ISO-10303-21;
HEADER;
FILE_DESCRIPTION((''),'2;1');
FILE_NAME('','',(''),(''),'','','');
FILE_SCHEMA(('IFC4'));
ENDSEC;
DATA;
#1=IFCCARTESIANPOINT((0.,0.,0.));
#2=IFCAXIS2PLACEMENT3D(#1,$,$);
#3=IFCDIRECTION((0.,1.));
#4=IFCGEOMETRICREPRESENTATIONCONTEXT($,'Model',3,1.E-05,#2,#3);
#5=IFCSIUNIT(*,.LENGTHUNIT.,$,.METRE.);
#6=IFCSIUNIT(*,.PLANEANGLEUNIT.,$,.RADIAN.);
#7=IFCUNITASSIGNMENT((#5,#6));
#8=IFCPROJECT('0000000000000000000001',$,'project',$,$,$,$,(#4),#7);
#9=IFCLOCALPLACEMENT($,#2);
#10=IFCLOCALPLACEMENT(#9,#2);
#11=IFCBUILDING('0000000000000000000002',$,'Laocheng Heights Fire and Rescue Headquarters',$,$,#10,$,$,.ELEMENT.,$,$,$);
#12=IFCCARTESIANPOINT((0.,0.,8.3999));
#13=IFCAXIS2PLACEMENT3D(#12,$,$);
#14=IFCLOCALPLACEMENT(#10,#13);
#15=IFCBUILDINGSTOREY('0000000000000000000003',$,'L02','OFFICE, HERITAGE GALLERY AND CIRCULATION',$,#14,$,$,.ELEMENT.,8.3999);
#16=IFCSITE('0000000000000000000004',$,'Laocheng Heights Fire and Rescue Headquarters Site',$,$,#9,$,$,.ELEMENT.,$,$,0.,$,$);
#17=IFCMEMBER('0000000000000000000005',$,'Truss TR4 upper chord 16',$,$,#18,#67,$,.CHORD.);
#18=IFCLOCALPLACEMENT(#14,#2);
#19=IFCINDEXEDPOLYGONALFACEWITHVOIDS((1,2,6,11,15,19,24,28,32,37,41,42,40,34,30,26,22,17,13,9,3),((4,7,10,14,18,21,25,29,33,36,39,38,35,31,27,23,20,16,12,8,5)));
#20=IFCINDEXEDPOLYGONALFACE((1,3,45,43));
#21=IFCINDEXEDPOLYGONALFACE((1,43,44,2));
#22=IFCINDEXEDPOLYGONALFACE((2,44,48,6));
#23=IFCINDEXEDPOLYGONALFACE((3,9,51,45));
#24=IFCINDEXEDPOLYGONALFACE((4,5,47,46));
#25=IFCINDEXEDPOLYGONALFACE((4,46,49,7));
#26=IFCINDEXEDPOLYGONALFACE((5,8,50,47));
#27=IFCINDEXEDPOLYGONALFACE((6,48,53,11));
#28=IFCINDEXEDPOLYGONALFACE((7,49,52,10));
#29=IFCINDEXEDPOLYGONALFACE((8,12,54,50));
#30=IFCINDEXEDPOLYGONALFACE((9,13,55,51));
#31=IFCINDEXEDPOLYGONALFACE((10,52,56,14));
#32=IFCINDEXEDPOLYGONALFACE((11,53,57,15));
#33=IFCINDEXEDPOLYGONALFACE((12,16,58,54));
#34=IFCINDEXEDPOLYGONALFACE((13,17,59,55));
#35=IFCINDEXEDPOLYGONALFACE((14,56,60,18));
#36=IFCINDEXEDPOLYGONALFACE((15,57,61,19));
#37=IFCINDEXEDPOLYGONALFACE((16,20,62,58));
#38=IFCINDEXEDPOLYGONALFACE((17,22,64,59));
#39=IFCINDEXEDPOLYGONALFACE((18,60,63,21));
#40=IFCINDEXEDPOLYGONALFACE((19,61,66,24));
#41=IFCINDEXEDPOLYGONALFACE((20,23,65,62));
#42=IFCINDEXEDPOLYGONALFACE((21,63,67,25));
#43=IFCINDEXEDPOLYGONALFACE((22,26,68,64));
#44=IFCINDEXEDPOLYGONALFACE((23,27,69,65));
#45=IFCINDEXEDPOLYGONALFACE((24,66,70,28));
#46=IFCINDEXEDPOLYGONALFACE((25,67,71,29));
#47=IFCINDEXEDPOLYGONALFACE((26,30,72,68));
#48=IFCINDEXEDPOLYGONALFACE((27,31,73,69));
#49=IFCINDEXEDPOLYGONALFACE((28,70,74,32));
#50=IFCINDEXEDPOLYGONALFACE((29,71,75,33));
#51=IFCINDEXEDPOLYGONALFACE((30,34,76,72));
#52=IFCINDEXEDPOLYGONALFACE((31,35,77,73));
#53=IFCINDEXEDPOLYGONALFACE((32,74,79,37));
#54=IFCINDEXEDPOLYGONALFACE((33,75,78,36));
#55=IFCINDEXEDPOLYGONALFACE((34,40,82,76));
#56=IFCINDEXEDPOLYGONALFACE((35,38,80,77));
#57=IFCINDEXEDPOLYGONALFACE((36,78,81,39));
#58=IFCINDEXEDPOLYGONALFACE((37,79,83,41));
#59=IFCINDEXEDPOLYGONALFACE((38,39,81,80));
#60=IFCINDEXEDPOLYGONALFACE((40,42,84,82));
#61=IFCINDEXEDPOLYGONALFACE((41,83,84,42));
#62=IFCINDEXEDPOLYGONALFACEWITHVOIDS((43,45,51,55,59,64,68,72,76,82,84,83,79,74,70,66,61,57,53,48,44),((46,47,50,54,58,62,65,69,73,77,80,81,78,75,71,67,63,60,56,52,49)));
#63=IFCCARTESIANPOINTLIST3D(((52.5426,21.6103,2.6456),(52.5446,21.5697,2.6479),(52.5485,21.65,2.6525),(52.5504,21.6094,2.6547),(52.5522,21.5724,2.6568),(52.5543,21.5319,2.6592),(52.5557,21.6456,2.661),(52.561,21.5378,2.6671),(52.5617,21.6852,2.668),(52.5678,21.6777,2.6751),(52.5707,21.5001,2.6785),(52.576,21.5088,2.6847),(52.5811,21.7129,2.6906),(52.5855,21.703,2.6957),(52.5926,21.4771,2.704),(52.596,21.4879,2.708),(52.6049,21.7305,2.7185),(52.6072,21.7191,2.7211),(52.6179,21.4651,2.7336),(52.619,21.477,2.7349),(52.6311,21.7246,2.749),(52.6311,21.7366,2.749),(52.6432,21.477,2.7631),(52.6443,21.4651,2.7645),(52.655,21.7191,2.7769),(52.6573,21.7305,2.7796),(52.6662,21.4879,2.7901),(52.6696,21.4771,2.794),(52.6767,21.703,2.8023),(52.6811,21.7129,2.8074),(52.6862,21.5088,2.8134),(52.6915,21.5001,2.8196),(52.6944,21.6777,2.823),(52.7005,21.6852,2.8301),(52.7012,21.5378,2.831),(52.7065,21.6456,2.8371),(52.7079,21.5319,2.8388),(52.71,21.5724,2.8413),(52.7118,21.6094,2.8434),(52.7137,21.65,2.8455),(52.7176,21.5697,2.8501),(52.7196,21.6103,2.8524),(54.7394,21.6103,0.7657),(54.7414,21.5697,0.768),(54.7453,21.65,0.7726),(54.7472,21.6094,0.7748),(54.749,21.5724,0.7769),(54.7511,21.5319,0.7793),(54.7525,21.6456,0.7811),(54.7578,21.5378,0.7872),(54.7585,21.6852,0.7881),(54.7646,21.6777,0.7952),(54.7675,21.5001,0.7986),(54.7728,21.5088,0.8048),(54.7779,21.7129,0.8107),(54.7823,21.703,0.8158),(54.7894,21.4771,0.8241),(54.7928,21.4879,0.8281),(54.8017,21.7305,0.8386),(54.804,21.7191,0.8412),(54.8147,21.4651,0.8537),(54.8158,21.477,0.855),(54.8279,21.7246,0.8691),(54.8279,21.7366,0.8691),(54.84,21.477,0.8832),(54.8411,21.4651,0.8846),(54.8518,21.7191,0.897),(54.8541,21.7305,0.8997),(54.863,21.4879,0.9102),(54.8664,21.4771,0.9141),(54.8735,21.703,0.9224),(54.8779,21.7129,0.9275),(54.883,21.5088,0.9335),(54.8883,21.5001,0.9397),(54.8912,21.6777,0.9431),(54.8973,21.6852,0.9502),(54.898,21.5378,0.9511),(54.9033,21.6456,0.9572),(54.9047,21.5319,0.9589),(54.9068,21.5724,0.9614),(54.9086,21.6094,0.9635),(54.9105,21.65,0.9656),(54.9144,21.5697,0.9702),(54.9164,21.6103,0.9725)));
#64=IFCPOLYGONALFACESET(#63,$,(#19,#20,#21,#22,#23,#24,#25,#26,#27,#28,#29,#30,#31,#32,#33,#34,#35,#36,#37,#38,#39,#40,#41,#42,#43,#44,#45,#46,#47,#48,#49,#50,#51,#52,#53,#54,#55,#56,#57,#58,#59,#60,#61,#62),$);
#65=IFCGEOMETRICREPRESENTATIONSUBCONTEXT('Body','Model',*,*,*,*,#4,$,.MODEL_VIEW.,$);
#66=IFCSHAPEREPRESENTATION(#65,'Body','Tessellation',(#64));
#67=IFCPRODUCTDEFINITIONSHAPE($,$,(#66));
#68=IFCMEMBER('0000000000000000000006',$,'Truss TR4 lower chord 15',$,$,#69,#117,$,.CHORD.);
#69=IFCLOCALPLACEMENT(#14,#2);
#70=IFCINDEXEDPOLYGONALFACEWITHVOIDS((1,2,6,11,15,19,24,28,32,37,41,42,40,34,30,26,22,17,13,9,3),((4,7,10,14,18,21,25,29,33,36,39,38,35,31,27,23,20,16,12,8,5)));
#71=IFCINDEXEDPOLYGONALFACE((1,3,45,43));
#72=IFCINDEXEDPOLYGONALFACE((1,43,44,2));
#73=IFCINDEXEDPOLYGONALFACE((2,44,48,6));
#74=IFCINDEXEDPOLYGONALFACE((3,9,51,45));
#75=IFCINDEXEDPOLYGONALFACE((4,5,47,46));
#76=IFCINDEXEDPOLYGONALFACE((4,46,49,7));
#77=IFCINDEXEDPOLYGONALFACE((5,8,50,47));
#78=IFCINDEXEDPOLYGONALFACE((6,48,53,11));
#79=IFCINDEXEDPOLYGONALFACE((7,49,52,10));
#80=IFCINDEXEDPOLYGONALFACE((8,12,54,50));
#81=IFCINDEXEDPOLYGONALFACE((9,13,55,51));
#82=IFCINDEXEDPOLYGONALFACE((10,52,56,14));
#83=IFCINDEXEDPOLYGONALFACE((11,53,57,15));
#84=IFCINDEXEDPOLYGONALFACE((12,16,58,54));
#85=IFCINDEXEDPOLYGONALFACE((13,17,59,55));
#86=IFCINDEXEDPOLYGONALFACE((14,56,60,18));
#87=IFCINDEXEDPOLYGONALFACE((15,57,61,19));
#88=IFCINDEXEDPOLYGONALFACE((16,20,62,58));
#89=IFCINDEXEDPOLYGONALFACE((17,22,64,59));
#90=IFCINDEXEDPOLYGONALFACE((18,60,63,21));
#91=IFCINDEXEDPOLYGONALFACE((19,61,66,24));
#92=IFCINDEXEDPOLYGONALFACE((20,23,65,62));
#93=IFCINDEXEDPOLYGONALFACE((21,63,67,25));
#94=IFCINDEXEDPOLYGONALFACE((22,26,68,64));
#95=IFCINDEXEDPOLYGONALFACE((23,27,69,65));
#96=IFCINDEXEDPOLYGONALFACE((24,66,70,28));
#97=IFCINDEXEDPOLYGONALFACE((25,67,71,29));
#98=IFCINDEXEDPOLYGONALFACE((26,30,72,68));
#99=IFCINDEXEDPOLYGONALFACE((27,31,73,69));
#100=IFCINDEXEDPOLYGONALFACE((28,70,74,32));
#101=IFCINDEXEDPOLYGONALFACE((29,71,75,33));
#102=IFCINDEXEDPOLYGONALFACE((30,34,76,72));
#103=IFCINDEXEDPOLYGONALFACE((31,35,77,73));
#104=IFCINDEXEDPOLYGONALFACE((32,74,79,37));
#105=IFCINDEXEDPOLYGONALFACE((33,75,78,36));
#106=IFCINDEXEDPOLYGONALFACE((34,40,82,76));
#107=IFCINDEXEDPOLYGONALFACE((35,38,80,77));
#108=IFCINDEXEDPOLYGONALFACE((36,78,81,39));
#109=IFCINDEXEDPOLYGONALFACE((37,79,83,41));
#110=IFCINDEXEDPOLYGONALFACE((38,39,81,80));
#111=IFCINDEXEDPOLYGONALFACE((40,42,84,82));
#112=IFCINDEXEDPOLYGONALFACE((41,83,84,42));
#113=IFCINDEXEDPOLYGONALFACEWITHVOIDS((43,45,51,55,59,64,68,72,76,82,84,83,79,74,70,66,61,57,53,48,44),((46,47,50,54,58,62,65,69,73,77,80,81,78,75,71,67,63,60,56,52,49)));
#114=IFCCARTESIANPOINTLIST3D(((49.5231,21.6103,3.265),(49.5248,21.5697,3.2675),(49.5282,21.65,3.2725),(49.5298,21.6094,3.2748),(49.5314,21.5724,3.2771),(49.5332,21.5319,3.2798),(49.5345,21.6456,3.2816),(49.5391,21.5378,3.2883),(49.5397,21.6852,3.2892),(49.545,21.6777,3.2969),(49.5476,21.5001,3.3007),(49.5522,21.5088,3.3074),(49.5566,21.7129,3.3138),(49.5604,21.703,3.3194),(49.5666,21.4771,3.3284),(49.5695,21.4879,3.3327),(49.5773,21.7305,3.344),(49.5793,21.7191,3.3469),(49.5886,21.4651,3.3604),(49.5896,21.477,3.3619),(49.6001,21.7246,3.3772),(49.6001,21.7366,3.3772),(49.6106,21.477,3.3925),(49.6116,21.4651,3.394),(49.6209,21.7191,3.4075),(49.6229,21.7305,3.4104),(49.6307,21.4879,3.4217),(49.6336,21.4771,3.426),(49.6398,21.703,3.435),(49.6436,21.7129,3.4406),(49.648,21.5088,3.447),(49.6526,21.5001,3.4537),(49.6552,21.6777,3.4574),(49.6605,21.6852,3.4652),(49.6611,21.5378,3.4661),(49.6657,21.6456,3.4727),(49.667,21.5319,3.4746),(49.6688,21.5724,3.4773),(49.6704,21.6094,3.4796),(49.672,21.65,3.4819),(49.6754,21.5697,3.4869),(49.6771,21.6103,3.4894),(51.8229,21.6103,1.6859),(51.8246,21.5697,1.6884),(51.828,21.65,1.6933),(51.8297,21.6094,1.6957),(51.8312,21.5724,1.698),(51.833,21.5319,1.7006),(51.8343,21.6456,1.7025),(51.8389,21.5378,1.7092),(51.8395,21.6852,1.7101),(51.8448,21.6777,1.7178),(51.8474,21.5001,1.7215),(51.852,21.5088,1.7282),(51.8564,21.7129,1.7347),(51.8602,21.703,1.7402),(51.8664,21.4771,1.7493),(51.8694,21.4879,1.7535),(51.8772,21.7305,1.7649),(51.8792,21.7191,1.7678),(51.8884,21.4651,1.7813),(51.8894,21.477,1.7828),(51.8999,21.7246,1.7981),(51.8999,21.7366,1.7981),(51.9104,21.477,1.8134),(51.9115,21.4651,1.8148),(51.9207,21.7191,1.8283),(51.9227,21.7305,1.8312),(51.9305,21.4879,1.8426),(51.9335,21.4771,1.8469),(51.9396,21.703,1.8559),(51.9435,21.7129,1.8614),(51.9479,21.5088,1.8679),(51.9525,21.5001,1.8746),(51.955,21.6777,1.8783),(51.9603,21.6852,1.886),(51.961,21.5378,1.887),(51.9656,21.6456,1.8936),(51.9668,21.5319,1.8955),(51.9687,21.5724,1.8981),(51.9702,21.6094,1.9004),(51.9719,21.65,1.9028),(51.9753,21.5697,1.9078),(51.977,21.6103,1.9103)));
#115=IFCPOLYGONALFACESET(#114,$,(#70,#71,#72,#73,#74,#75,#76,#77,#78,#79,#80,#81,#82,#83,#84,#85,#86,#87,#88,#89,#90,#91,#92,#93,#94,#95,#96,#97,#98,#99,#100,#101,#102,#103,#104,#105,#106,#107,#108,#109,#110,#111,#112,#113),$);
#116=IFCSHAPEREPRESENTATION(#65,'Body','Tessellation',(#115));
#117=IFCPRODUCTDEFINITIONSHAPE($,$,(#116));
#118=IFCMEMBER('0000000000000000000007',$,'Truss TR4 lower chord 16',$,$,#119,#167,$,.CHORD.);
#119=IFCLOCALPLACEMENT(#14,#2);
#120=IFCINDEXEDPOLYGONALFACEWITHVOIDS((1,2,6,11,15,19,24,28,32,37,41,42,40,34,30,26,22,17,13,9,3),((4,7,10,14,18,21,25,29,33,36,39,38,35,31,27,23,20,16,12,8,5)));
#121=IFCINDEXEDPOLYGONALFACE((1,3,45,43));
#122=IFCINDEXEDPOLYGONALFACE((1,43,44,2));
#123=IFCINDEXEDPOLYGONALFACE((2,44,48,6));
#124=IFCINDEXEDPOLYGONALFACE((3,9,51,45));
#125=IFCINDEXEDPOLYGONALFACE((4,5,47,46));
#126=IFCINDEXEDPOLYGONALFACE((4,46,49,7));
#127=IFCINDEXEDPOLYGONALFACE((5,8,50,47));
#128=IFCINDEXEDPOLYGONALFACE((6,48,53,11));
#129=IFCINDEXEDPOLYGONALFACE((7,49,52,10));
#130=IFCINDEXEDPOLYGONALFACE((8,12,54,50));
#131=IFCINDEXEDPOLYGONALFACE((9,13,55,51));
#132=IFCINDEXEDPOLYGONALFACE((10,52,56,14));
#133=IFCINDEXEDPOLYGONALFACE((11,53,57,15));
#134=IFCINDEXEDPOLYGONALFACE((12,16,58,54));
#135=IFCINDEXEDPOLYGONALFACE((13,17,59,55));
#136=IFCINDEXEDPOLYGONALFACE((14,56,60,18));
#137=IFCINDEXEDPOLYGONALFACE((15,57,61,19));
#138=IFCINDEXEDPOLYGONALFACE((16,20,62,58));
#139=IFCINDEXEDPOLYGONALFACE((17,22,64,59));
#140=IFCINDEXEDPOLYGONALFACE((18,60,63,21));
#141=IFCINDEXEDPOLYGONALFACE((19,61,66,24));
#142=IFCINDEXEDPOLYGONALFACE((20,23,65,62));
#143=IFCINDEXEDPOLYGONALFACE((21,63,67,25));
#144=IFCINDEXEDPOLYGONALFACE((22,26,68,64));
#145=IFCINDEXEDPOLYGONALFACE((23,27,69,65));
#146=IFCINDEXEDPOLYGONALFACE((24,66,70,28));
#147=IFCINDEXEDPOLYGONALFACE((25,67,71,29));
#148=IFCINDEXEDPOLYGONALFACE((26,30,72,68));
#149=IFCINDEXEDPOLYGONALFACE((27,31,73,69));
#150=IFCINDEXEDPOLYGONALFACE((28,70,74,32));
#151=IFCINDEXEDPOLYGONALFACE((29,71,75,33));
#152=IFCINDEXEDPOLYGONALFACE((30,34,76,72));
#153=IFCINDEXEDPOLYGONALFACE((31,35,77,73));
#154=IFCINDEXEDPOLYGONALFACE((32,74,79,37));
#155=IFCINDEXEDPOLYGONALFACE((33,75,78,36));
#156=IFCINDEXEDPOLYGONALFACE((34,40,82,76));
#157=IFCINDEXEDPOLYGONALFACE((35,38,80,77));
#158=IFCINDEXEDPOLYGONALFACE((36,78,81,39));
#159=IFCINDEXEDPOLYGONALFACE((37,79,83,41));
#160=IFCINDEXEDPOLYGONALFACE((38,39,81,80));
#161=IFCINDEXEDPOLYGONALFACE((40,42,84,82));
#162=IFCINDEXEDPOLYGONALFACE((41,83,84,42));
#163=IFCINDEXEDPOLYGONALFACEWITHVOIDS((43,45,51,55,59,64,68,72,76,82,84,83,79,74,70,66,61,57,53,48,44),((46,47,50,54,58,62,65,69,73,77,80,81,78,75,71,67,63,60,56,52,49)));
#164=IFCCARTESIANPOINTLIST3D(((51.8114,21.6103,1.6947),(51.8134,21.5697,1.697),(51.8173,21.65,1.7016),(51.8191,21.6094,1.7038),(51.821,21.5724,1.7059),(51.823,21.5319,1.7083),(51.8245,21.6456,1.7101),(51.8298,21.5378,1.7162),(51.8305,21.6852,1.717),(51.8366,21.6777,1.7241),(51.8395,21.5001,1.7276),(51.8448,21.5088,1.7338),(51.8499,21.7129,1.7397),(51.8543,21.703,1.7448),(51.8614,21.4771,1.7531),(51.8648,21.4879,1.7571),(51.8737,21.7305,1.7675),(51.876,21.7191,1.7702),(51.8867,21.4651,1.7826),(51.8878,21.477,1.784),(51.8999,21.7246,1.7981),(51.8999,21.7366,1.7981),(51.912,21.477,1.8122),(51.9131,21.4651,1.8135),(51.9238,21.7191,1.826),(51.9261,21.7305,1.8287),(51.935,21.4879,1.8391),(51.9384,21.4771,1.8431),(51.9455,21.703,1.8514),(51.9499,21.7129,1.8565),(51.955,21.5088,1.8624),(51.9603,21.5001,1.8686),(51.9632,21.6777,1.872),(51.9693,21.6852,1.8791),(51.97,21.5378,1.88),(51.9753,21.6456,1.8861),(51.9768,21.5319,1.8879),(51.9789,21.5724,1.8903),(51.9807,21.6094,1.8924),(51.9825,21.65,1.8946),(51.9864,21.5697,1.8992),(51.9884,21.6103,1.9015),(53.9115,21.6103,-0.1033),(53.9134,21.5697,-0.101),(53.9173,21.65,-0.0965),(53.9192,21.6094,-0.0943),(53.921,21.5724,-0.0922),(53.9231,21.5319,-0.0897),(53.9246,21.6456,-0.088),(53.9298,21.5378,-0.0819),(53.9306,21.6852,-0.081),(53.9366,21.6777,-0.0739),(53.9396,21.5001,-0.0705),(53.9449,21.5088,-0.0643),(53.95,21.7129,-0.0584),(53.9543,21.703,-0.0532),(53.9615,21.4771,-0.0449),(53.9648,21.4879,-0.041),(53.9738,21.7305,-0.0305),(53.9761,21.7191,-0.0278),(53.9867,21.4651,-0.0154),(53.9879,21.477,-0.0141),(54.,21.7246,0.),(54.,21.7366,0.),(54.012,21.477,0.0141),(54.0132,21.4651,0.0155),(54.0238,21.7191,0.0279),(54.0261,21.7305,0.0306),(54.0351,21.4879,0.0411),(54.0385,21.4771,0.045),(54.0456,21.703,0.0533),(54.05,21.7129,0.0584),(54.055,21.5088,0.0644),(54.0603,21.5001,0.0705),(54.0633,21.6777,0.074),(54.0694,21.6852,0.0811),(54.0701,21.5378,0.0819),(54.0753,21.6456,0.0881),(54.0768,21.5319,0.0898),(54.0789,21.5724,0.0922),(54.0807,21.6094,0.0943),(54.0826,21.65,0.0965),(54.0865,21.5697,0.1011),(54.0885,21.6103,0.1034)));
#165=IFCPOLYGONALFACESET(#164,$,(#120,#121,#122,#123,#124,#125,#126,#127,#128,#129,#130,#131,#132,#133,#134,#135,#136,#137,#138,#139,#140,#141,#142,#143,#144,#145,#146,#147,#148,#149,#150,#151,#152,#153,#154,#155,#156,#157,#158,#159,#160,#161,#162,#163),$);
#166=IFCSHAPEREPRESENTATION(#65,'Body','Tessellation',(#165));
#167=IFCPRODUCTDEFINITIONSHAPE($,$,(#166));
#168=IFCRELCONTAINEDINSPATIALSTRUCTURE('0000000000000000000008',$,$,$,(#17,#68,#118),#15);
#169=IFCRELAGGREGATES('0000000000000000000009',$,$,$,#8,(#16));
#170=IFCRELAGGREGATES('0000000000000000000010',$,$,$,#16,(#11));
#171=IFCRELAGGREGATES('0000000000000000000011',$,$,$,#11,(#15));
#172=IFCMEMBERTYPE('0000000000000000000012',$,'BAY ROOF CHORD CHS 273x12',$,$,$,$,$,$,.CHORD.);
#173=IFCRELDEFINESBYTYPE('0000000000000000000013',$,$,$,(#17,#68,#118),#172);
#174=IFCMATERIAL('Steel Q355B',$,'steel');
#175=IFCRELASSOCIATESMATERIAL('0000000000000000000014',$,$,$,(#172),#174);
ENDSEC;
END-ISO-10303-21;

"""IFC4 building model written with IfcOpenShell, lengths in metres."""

from ifc_helpers import new_model, si_unit, direction, frame, origin, origin_2d, place, context, subcontext, project, spatial, hollow_circle, extrude, material, material_profile, profile_set, type_object, element, save


model = new_model("IFC4")

# Units and contexts
model_context = context("Model", 3, precision=1e-05, world=origin(), true_north=direction((0.0, 1.0)))
body_context = subcontext(model_context, "Body", "Model", "MODEL_VIEW")
ifc_project = project(units=[si_unit("LENGTHUNIT", "METRE"), si_unit("PLANEANGLEUNIT", "RADIAN")], contexts=[model_context])

# Site, building, storey
site_placement = place(None, origin())
site = spatial("IfcSite", under=ifc_project, at=site_placement, Name="Laocheng Heights Fire and Rescue Headquarters Site", CompositionType="ELEMENT", RefElevation=0.0)
building_placement = place(site_placement, origin())
building = spatial("IfcBuilding", under=site, at=building_placement, Name="Laocheng Heights Fire and Rescue Headquarters", CompositionType="ELEMENT")
storey_placement = place(building_placement, frame((0.0, 0.0, 8.3999)))
storey = spatial("IfcBuildingStorey", under=building, at=storey_placement, Name="L02", Description="OFFICE, HERITAGE GALLERY AND CIRCULATION", CompositionType="ELEMENT", Elevation=8.3999)

# Members
ifc_material_1 = material(Name="Steel Q355B", Category="steel")
ifc_material_profile_1 = material_profile(ifc_material_1, hollow_circle(Radius=0.1365, WallThickness=0.012, at=origin_2d()), Name="CHS 273x12")
ifc_profile_set_1 = profile_set([ifc_material_profile_1], Name="Steel Q355B")
member_type_1 = type_object("IfcMemberType", Name="BAY ROOF CHORD CHS 273x12", PredefinedType="CHORD", material=ifc_profile_set_1)
member_1_placement = place(storey_placement, frame((52.6311, 21.6001, 2.749), z_axis=(0.759781, 0.0, -0.650179), x_axis=(0.0, 1.0, 0.0)))
element("IfcMember", 1, at=member_1_placement, inside=storey, type_object=member_type_1, Name="Truss TR4 upper chord 16", PredefinedType="CHORD", context=body_context, shape_type="SweptSolid", body=[
    extrude(hollow_circle(Radius=0.1365, WallThickness=0.012, at=origin_2d()), origin(), (0.0, 0.0, 1.0), 2.8914),
])
member_2_placement = place(storey_placement, frame((49.6001, 21.6001, 3.3772), z_axis=(0.824379, 0.0, -0.566038), x_axis=(0.0, 1.0, 0.0)))
element("IfcMember", 2, at=member_2_placement, inside=storey, type_object=member_type_1, Name="Truss TR4 lower chord 15", PredefinedType="CHORD", context=body_context, shape_type="SweptSolid", body=[
    extrude(hollow_circle(Radius=0.1365, WallThickness=0.012, at=origin_2d()), origin(), (0.0, 0.0, 1.0), 2.7898),
])
member_3_placement = place(storey_placement, frame((51.8999, 21.6001, 1.7981), z_axis=(0.759612, 0.0, -0.650377), x_axis=(0.0, 1.0, 0.0)))
element("IfcMember", 3, at=member_3_placement, inside=storey, type_object=member_type_1, Name="Truss TR4 lower chord 16", PredefinedType="CHORD", context=body_context, shape_type="SweptSolid", body=[
    extrude(hollow_circle(Radius=0.1365, WallThickness=0.012, at=origin_2d()), origin(), (0.0, 0.0, 1.0), 2.7646),
])

save(model, "model.ifc")
